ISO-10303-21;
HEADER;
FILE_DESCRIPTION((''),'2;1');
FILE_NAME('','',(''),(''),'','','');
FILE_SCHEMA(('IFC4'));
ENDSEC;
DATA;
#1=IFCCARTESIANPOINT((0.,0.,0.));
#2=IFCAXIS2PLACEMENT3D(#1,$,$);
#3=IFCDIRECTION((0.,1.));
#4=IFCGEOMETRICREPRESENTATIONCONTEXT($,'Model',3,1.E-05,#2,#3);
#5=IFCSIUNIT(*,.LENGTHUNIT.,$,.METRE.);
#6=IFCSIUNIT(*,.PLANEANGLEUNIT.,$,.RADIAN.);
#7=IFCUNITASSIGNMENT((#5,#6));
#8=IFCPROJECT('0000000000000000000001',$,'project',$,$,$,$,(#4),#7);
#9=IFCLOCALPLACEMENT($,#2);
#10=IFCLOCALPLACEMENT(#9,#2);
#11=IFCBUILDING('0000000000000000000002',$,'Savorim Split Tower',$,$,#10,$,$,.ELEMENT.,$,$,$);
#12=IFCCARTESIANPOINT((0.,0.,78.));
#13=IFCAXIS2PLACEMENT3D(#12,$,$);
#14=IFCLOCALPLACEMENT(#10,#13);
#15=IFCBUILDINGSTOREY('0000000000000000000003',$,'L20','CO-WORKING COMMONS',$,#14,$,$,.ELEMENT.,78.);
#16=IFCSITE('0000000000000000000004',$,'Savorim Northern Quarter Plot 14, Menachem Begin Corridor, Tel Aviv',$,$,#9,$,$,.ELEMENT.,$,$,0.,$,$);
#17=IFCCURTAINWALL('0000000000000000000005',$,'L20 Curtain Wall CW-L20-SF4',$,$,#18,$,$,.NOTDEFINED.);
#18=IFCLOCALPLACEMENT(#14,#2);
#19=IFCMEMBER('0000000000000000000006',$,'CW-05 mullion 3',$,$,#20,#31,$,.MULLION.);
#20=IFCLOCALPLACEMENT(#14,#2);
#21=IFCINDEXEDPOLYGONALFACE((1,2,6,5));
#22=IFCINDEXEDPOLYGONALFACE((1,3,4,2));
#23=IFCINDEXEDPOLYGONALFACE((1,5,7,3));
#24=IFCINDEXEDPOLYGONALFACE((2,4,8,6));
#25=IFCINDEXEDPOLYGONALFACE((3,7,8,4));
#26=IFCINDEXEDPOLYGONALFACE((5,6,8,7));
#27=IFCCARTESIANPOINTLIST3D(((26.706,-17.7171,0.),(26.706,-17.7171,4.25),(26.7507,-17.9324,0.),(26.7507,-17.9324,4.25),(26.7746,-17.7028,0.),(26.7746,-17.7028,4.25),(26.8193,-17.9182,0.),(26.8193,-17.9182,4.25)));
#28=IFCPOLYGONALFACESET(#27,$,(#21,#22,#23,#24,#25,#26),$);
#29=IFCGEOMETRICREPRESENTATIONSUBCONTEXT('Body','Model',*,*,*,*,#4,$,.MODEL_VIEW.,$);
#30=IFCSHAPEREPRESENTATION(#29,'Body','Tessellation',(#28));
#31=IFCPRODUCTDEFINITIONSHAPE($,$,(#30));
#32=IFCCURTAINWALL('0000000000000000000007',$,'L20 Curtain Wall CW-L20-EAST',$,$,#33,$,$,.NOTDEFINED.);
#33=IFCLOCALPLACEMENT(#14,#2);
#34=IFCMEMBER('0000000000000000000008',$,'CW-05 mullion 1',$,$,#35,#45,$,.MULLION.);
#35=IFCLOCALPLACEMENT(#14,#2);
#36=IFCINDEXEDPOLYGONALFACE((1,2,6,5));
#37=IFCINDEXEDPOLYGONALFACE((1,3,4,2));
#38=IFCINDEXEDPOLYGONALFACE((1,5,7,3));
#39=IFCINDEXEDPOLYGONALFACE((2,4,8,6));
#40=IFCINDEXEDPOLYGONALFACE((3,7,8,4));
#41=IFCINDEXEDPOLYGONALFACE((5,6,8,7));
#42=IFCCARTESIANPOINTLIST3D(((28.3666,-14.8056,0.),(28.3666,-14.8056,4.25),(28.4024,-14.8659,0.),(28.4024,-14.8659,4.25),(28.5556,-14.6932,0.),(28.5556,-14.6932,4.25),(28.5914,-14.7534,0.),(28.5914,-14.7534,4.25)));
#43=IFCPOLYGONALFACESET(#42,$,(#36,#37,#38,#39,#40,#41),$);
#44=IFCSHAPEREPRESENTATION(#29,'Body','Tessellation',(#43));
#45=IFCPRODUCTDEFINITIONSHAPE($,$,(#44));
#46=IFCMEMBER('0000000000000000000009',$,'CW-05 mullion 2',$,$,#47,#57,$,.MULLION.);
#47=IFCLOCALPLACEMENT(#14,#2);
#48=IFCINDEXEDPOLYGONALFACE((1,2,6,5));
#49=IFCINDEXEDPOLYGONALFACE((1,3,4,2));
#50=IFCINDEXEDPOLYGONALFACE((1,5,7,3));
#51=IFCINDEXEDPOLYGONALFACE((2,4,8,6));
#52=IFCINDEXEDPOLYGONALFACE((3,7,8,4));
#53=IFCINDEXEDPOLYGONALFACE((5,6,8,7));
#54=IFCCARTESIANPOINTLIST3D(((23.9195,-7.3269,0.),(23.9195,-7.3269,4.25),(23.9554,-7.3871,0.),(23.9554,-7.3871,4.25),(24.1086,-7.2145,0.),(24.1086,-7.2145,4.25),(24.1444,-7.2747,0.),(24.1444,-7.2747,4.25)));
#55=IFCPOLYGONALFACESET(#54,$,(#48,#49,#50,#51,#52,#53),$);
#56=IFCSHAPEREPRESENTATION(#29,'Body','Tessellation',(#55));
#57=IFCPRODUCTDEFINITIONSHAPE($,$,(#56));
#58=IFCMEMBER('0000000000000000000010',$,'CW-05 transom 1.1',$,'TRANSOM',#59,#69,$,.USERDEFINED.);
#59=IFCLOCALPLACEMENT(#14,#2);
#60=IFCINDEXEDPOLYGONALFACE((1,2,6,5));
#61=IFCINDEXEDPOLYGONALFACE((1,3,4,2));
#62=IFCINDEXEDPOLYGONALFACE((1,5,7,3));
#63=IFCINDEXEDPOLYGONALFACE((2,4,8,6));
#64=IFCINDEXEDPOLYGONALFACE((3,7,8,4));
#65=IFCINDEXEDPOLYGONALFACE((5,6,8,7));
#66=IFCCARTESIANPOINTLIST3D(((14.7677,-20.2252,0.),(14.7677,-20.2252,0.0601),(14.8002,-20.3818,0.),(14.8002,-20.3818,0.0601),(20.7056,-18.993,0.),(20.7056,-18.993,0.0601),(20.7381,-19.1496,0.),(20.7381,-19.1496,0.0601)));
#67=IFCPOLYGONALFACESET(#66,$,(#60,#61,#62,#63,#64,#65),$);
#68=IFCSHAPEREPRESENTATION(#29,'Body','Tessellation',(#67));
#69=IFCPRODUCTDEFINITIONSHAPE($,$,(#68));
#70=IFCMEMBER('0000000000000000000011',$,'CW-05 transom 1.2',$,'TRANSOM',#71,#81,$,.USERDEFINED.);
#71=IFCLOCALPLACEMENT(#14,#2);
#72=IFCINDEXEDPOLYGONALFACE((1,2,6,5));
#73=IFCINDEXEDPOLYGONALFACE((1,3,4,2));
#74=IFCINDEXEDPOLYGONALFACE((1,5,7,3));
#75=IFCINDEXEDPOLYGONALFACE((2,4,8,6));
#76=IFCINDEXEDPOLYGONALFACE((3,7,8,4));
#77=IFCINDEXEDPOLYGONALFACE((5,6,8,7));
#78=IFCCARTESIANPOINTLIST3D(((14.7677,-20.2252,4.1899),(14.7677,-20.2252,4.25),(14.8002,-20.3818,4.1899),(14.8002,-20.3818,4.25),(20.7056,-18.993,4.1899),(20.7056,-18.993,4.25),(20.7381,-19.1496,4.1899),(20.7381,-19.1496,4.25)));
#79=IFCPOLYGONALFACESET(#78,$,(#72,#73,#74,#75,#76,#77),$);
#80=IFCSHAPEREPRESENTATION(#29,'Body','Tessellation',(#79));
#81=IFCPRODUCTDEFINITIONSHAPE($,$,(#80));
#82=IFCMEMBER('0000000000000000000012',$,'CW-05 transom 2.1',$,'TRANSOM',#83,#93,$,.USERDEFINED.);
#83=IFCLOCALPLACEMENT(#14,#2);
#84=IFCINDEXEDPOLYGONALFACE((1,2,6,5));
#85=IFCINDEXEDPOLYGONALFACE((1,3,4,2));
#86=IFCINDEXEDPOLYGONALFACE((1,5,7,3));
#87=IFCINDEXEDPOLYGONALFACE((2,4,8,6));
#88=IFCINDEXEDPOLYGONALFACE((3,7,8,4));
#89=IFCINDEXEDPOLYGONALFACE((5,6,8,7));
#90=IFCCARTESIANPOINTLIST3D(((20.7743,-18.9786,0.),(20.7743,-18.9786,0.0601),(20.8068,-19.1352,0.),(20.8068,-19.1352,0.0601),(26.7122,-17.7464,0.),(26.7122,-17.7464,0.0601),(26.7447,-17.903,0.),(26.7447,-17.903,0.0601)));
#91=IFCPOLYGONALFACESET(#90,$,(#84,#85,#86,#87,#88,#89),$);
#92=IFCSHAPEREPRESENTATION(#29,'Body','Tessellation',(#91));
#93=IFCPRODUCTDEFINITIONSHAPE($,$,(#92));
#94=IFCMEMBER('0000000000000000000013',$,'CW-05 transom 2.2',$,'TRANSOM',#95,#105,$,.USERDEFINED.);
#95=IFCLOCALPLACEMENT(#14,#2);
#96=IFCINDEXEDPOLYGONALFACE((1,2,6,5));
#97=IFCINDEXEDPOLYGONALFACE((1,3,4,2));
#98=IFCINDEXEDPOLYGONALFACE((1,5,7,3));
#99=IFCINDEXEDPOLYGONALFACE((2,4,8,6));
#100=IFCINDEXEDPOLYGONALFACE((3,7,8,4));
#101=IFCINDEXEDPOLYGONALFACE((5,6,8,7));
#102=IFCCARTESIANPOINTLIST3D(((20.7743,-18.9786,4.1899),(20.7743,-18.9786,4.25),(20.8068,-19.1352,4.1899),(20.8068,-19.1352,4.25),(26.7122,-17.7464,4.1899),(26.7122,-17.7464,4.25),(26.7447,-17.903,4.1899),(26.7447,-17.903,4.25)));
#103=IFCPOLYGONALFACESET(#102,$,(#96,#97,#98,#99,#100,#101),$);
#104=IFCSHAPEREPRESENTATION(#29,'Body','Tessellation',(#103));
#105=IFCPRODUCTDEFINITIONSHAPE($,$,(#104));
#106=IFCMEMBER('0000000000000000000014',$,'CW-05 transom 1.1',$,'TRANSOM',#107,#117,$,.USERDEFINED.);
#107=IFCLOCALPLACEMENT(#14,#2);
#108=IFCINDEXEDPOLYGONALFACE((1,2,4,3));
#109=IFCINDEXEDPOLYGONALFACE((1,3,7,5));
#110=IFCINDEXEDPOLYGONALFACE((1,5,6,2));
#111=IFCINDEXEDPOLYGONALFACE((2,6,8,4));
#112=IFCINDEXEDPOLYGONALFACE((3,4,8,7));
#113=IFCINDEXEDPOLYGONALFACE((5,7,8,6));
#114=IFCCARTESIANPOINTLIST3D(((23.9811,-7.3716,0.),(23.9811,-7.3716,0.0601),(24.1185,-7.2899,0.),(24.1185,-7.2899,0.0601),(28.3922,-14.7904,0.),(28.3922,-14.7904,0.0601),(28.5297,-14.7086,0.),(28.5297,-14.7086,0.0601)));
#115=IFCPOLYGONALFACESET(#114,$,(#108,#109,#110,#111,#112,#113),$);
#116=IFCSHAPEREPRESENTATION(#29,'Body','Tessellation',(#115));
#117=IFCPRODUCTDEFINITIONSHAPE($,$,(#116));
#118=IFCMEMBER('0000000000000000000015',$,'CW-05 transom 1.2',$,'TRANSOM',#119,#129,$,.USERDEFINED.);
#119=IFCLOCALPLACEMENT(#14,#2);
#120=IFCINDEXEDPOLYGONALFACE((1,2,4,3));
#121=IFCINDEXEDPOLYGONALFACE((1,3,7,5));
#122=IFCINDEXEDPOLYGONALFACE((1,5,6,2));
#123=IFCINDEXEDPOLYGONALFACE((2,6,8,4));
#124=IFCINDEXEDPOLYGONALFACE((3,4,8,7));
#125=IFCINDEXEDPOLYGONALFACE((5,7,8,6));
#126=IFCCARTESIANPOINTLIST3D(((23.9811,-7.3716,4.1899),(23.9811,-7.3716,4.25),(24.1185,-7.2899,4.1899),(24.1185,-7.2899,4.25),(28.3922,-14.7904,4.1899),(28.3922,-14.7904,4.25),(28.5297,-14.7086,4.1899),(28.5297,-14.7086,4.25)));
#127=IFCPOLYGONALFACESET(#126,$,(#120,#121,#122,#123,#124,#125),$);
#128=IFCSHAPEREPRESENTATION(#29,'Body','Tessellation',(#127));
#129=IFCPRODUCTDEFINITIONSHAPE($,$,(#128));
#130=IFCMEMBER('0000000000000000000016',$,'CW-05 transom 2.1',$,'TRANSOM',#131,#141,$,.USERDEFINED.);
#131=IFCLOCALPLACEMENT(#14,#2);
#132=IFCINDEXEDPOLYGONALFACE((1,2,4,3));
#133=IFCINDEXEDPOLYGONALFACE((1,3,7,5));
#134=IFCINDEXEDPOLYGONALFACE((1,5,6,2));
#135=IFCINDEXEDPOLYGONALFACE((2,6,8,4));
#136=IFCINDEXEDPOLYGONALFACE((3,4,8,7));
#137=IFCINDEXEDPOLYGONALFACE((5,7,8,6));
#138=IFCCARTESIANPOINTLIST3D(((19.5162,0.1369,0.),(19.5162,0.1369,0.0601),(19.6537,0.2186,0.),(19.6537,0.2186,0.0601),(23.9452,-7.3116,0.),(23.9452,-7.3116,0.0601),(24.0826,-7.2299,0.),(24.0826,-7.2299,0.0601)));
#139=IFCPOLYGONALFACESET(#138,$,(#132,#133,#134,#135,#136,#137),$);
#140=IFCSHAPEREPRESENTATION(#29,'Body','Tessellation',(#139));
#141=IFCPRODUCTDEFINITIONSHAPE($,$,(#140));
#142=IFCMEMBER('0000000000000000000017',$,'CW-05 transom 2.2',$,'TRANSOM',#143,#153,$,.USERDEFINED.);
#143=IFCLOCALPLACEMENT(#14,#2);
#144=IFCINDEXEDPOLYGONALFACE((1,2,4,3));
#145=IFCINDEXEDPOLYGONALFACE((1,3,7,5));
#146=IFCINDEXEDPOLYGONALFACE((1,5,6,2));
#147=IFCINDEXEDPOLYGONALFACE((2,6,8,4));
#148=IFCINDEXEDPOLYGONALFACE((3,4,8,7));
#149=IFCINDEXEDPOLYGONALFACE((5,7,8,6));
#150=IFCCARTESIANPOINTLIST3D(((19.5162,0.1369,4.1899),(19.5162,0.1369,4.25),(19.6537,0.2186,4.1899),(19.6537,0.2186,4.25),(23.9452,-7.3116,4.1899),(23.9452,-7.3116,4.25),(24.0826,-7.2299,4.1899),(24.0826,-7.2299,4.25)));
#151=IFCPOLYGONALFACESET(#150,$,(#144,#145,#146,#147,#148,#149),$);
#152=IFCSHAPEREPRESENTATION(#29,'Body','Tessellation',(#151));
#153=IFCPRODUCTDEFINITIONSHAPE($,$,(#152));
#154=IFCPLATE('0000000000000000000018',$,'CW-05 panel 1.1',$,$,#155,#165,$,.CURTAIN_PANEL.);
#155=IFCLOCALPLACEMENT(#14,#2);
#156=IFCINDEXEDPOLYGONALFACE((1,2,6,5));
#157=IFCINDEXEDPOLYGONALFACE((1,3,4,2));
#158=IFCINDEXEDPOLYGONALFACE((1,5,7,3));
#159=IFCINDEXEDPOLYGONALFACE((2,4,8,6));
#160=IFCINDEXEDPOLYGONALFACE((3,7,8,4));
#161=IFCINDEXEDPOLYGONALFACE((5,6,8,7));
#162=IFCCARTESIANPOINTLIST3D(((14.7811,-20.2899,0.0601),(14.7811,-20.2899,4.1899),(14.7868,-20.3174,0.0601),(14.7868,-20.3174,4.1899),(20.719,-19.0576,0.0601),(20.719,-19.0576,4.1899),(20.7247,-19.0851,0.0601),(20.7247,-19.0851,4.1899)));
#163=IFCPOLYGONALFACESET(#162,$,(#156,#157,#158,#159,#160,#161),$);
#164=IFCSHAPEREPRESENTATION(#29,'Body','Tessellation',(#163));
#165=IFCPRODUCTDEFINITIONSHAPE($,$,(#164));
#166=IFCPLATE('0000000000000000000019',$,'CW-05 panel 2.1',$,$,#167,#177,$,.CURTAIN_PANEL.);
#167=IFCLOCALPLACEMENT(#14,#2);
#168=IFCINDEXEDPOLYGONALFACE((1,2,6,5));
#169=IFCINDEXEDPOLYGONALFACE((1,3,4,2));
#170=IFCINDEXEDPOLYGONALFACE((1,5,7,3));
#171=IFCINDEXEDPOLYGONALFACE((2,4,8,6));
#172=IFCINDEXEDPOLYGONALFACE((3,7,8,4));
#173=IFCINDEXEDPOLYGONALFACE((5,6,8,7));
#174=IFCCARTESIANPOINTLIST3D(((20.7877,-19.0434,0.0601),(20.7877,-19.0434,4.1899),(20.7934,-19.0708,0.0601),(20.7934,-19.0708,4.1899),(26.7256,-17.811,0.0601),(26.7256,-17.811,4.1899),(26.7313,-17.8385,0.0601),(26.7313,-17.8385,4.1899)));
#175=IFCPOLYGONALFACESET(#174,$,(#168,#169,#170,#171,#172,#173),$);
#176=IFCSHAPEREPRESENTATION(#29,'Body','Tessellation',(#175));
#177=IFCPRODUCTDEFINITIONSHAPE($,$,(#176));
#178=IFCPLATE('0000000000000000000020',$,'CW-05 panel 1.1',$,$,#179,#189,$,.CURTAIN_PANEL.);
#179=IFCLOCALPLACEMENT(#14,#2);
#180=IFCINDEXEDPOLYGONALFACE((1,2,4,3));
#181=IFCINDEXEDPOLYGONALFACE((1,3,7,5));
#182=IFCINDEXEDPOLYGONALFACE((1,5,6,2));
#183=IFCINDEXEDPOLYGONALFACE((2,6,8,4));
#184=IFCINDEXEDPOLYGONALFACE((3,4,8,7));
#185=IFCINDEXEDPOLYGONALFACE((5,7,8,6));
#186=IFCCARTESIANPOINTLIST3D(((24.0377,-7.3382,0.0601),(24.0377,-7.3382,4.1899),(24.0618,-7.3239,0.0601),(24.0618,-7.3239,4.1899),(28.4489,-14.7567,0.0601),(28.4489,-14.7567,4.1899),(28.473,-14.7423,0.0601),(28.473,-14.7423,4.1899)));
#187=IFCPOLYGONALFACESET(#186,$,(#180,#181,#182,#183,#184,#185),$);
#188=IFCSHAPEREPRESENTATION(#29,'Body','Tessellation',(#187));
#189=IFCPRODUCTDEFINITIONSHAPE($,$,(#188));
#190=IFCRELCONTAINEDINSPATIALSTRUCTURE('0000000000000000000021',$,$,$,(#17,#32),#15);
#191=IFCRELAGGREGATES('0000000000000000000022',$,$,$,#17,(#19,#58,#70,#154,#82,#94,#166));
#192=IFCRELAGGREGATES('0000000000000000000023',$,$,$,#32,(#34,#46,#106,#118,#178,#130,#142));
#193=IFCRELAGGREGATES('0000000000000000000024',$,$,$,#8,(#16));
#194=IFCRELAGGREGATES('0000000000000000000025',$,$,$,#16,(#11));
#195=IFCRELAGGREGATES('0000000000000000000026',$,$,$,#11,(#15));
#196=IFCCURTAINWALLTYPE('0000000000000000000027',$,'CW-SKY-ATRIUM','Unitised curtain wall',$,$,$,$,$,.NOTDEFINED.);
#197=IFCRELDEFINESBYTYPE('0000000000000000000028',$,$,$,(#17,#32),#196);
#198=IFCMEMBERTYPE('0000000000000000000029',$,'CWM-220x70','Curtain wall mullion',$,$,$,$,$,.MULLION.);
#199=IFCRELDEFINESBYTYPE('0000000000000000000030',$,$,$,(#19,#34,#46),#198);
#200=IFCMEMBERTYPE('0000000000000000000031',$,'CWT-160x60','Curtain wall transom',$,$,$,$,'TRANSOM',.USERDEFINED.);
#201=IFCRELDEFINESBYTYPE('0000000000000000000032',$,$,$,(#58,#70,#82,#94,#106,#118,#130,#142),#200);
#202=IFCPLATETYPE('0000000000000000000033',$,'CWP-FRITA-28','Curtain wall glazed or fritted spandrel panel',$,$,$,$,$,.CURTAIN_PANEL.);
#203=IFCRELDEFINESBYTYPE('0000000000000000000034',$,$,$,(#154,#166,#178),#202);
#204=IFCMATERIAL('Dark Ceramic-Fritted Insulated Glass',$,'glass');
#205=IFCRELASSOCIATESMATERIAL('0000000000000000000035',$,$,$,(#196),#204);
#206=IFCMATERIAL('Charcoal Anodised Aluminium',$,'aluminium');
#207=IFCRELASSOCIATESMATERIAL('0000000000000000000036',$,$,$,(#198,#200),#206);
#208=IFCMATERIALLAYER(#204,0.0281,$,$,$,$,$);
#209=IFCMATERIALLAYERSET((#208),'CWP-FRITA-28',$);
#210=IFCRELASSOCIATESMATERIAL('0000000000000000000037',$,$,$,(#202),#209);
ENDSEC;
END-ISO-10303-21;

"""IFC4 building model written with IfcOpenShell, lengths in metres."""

from ifc_helpers import new_model, si_unit, direction, frame, origin, origin_2d, place, context, subcontext, project, spatial, rectangle, extrude, material, layer, layer_set, material_profile, profile_set, type_object, element, aggregate, save


model = new_model("IFC4")

# Units and contexts
model_context = context("Model", 3, precision=1e-05, world=origin(), true_north=direction((0.0, 1.0)))
body_context = subcontext(model_context, "Body", "Model", "MODEL_VIEW")
ifc_project = project(units=[si_unit("LENGTHUNIT", "METRE"), si_unit("PLANEANGLEUNIT", "RADIAN")], contexts=[model_context])

# Site, building, storey
site_placement = place(None, origin())
site = spatial("IfcSite", under=ifc_project, at=site_placement, Name="Savorim Northern Quarter Plot 14, Menachem Begin Corridor, Tel Aviv", CompositionType="ELEMENT", RefElevation=0.0)
building_placement = place(site_placement, origin())
building = spatial("IfcBuilding", under=site, at=building_placement, Name="Savorim Split Tower", CompositionType="ELEMENT")
storey_placement = place(building_placement, frame((0.0, 0.0, 78.0)))
storey = spatial("IfcBuildingStorey", under=building, at=storey_placement, Name="L20", Description="CO-WORKING COMMONS", CompositionType="ELEMENT", Elevation=78.0)

# Shared definitions
ifc_material_1 = material(Name="Dark Ceramic-Fritted Insulated Glass", Category="glass")
curtain_wall_type = type_object("IfcCurtainWallType", Name="CW-SKY-ATRIUM", Description="Unitised curtain wall", PredefinedType="NOTDEFINED", material=ifc_material_1)
ifc_material_2 = material(Name="Charcoal Anodised Aluminium", Category="aluminium")
ifc_material_profile_1 = material_profile(ifc_material_2, rectangle(XDim=0.22, YDim=0.0701, at=origin_2d()), Name="ALU-M 220x70")
ifc_profile_set_1 = profile_set([ifc_material_profile_1], Name="Charcoal Anodised Aluminium")
member_type_1 = type_object("IfcMemberType", Name="CWM-220x70", Description="Curtain wall mullion", PredefinedType="MULLION", material=ifc_profile_set_1)

# Curtain walls, members
curtain_wall_1_placement = place(storey_placement, origin())
curtain_wall_1 = element("IfcCurtainWall", 1, at=curtain_wall_1_placement, inside=storey, type_object=curtain_wall_type, Name="L20 Curtain Wall CW-L20-SF4", PredefinedType="NOTDEFINED")
member_1_placement = place(storey_placement, frame((26.7627, -17.8176, 0.0), z_axis=(0.0, 0.0, 1.0), x_axis=(-0.20321, 0.979135, 0.0)))
member_1 = element("IfcMember", 2, at=member_1_placement, type_object=member_type_1, Name="CW-05 mullion 3", PredefinedType="MULLION", context=body_context, shape_type="SweptSolid", body=[
    extrude(rectangle(XDim=0.22, YDim=0.0701, at=origin_2d()), origin(), (0.0, 0.0, 1.0), 4.25),
])
curtain_wall_2_placement = place(storey_placement, origin())
curtain_wall_2 = element("IfcCurtainWall", 3, at=curtain_wall_2_placement, inside=storey, type_object=curtain_wall_type, Name="L20 Curtain Wall CW-L20-EAST", PredefinedType="NOTDEFINED")
member_2_placement = place(storey_placement, frame((28.479, -14.7795, 0.0), z_axis=(0.0, 0.0, 1.0), x_axis=(-0.859525, -0.511093, 0.0)))
member_2 = element("IfcMember", 4, at=member_2_placement, type_object=member_type_1, Name="CW-05 mullion 1", PredefinedType="MULLION", context=body_context, shape_type="SweptSolid", body=[
    extrude(rectangle(XDim=0.22, YDim=0.0701, at=origin_2d()), origin(), (0.0, 0.0, 1.0), 4.25),
])
member_3_placement = place(storey_placement, frame((24.032, -7.3008, 0.0), z_axis=(0.0, 0.0, 1.0), x_axis=(-0.859525, -0.511093, 0.0)))
member_3 = element("IfcMember", 5, at=member_3_placement, type_object=member_type_1, Name="CW-05 mullion 2", PredefinedType="MULLION", context=body_context, shape_type="SweptSolid", body=[
    extrude(rectangle(XDim=0.22, YDim=0.0701, at=origin_2d()), origin(), (0.0, 0.0, 1.0), 4.25),
])

# Members
ifc_material_profile_2 = material_profile(ifc_material_2, rectangle(XDim=0.1599, YDim=0.0601, at=origin_2d()), Name="ALU-T 160x60")
ifc_profile_set_2 = profile_set([ifc_material_profile_2], Name="Charcoal Anodised Aluminium")
member_type_2 = type_object("IfcMemberType", Name="CWT-160x60", Description="Curtain wall transom", ElementType="TRANSOM", PredefinedType="USERDEFINED", material=ifc_profile_set_2)
member_4_placement = place(storey_placement, frame((14.7839, -20.3035, 0.03), z_axis=(0.979142, 0.203179, 0.0), x_axis=(-0.203179, 0.979142, 0.0)))
member_4 = element("IfcMember", 6, at=member_4_placement, type_object=member_type_2, Name="CW-05 transom 1.1", ObjectType="TRANSOM", PredefinedType="USERDEFINED", context=body_context, shape_type="SweptSolid", body=[
    extrude(rectangle(XDim=0.1599, YDim=0.0601, at=origin_2d()), origin(), (0.0, 0.0, 1.0), 6.0645),
])
member_5_placement = place(storey_placement, frame((14.7839, -20.3035, 4.22), z_axis=(0.979142, 0.203179, 0.0), x_axis=(-0.203179, 0.979142, 0.0)))
member_5 = element("IfcMember", 7, at=member_5_placement, type_object=member_type_2, Name="CW-05 transom 1.2", ObjectType="TRANSOM", PredefinedType="USERDEFINED", context=body_context, shape_type="SweptSolid", body=[
    extrude(rectangle(XDim=0.1599, YDim=0.0601, at=origin_2d()), origin(), (0.0, 0.0, 1.0), 6.0645),
])
member_6_placement = place(storey_placement, frame((20.7905, -19.0569, 0.03), z_axis=(0.979142, 0.203179, 0.0), x_axis=(-0.203179, 0.979142, 0.0)))
member_6 = element("IfcMember", 8, at=member_6_placement, type_object=member_type_2, Name="CW-05 transom 2.1", ObjectType="TRANSOM", PredefinedType="USERDEFINED", context=body_context, shape_type="SweptSolid", body=[
    extrude(rectangle(XDim=0.1599, YDim=0.0601, at=origin_2d()), origin(), (0.0, 0.0, 1.0), 6.0645),
])
member_7_placement = place(storey_placement, frame((20.7905, -19.0569, 4.22), z_axis=(0.979142, 0.203179, 0.0), x_axis=(-0.203179, 0.979142, 0.0)))
member_7 = element("IfcMember", 9, at=member_7_placement, type_object=member_type_2, Name="CW-05 transom 2.2", ObjectType="TRANSOM", PredefinedType="USERDEFINED", context=body_context, shape_type="SweptSolid", body=[
    extrude(rectangle(XDim=0.1599, YDim=0.0601, at=origin_2d()), origin(), (0.0, 0.0, 1.0), 6.0645),
])
member_8_placement = place(storey_placement, frame((28.4609, -14.7495, 0.03), z_axis=(-0.511077, 0.859535, 0.0), x_axis=(-0.859535, -0.511077, 0.0)))
member_8 = element("IfcMember", 10, at=member_8_placement, type_object=member_type_2, Name="CW-05 transom 1.1", ObjectType="TRANSOM", PredefinedType="USERDEFINED", context=body_context, shape_type="SweptSolid", body=[
    extrude(rectangle(XDim=0.1599, YDim=0.0601, at=origin_2d()), origin(), (0.0, 0.0, 1.0), 8.6311),
])
member_9_placement = place(storey_placement, frame((28.4609, -14.7495, 4.22), z_axis=(-0.511077, 0.859535, 0.0), x_axis=(-0.859535, -0.511077, 0.0)))
member_9 = element("IfcMember", 11, at=member_9_placement, type_object=member_type_2, Name="CW-05 transom 1.2", ObjectType="TRANSOM", PredefinedType="USERDEFINED", context=body_context, shape_type="SweptSolid", body=[
    extrude(rectangle(XDim=0.1599, YDim=0.0601, at=origin_2d()), origin(), (0.0, 0.0, 1.0), 8.6311),
])
member_10_placement = place(storey_placement, frame((24.0139, -7.2708, 0.03), z_axis=(-0.511086, 0.85953, 0.0), x_axis=(-0.85953, -0.511086, 0.0)))
member_10 = element("IfcMember", 12, at=member_10_placement, type_object=member_type_2, Name="CW-05 transom 2.1", ObjectType="TRANSOM", PredefinedType="USERDEFINED", context=body_context, shape_type="SweptSolid", body=[
    extrude(rectangle(XDim=0.1599, YDim=0.0601, at=origin_2d()), origin(), (0.0, 0.0, 1.0), 8.6658),
])
member_11_placement = place(storey_placement, frame((24.0139, -7.2708, 4.22), z_axis=(-0.511086, 0.85953, 0.0), x_axis=(-0.85953, -0.511086, 0.0)))
member_11 = element("IfcMember", 13, at=member_11_placement, type_object=member_type_2, Name="CW-05 transom 2.2", ObjectType="TRANSOM", PredefinedType="USERDEFINED", context=body_context, shape_type="SweptSolid", body=[
    extrude(rectangle(XDim=0.1599, YDim=0.0601, at=origin_2d()), origin(), (0.0, 0.0, 1.0), 8.6658),
])

# Plates
ifc_layer_1 = layer(ifc_material_1, 0.0281)
ifc_layer_set_1 = layer_set([ifc_layer_1], Name="CWP-FRITA-28")
plate_type = type_object("IfcPlateType", Name="CWP-FRITA-28", Description="Curtain wall glazed or fritted spandrel panel", PredefinedType="CURTAIN_PANEL", material=ifc_layer_set_1)
plate_1_placement = place(storey_placement, frame((17.7529, -19.6875, 0.0601), z_axis=(0.0, 0.0, 1.0), x_axis=(0.979135, 0.20321, 0.0)))
plate_1 = element("IfcPlate", 14, at=plate_1_placement, type_object=plate_type, Name="CW-05 panel 1.1", PredefinedType="CURTAIN_PANEL", context=body_context, shape_type="SweptSolid", body=[
    extrude(rectangle(XDim=6.0645, YDim=0.0281, at=origin_2d()), origin(), (0.0, 0.0, 1.0), 4.1299),
])
plate_2_placement = place(storey_placement, frame((23.7595, -18.4409, 0.0601), z_axis=(0.0, 0.0, 1.0), x_axis=(0.979135, 0.20321, 0.0)))
plate_2 = element("IfcPlate", 15, at=plate_2_placement, type_object=plate_type, Name="CW-05 panel 2.1", PredefinedType="CURTAIN_PANEL", context=body_context, shape_type="SweptSolid", body=[
    extrude(rectangle(XDim=6.0645, YDim=0.0281, at=origin_2d()), origin(), (0.0, 0.0, 1.0), 4.1299),
])
aggregate(curtain_wall_1, [member_1, member_4, member_5, plate_1, member_6, member_7, plate_2])
plate_3_placement = place(storey_placement, frame((26.2554, -11.0403, 0.0601), z_axis=(0.0, 0.0, 1.0), x_axis=(-0.511093, 0.859525, 0.0)))
plate_3 = element("IfcPlate", 16, at=plate_3_placement, type_object=plate_type, Name="CW-05 panel 1.1", PredefinedType="CURTAIN_PANEL", context=body_context, shape_type="SweptSolid", body=[
    extrude(rectangle(XDim=8.6309, YDim=0.0281, at=origin_2d()), origin(), (0.0, 0.0, 1.0), 4.1299),
])
aggregate(curtain_wall_2, [member_2, member_3, member_8, member_9, plate_3, member_10, member_11])

save(model, "model.ifc")
